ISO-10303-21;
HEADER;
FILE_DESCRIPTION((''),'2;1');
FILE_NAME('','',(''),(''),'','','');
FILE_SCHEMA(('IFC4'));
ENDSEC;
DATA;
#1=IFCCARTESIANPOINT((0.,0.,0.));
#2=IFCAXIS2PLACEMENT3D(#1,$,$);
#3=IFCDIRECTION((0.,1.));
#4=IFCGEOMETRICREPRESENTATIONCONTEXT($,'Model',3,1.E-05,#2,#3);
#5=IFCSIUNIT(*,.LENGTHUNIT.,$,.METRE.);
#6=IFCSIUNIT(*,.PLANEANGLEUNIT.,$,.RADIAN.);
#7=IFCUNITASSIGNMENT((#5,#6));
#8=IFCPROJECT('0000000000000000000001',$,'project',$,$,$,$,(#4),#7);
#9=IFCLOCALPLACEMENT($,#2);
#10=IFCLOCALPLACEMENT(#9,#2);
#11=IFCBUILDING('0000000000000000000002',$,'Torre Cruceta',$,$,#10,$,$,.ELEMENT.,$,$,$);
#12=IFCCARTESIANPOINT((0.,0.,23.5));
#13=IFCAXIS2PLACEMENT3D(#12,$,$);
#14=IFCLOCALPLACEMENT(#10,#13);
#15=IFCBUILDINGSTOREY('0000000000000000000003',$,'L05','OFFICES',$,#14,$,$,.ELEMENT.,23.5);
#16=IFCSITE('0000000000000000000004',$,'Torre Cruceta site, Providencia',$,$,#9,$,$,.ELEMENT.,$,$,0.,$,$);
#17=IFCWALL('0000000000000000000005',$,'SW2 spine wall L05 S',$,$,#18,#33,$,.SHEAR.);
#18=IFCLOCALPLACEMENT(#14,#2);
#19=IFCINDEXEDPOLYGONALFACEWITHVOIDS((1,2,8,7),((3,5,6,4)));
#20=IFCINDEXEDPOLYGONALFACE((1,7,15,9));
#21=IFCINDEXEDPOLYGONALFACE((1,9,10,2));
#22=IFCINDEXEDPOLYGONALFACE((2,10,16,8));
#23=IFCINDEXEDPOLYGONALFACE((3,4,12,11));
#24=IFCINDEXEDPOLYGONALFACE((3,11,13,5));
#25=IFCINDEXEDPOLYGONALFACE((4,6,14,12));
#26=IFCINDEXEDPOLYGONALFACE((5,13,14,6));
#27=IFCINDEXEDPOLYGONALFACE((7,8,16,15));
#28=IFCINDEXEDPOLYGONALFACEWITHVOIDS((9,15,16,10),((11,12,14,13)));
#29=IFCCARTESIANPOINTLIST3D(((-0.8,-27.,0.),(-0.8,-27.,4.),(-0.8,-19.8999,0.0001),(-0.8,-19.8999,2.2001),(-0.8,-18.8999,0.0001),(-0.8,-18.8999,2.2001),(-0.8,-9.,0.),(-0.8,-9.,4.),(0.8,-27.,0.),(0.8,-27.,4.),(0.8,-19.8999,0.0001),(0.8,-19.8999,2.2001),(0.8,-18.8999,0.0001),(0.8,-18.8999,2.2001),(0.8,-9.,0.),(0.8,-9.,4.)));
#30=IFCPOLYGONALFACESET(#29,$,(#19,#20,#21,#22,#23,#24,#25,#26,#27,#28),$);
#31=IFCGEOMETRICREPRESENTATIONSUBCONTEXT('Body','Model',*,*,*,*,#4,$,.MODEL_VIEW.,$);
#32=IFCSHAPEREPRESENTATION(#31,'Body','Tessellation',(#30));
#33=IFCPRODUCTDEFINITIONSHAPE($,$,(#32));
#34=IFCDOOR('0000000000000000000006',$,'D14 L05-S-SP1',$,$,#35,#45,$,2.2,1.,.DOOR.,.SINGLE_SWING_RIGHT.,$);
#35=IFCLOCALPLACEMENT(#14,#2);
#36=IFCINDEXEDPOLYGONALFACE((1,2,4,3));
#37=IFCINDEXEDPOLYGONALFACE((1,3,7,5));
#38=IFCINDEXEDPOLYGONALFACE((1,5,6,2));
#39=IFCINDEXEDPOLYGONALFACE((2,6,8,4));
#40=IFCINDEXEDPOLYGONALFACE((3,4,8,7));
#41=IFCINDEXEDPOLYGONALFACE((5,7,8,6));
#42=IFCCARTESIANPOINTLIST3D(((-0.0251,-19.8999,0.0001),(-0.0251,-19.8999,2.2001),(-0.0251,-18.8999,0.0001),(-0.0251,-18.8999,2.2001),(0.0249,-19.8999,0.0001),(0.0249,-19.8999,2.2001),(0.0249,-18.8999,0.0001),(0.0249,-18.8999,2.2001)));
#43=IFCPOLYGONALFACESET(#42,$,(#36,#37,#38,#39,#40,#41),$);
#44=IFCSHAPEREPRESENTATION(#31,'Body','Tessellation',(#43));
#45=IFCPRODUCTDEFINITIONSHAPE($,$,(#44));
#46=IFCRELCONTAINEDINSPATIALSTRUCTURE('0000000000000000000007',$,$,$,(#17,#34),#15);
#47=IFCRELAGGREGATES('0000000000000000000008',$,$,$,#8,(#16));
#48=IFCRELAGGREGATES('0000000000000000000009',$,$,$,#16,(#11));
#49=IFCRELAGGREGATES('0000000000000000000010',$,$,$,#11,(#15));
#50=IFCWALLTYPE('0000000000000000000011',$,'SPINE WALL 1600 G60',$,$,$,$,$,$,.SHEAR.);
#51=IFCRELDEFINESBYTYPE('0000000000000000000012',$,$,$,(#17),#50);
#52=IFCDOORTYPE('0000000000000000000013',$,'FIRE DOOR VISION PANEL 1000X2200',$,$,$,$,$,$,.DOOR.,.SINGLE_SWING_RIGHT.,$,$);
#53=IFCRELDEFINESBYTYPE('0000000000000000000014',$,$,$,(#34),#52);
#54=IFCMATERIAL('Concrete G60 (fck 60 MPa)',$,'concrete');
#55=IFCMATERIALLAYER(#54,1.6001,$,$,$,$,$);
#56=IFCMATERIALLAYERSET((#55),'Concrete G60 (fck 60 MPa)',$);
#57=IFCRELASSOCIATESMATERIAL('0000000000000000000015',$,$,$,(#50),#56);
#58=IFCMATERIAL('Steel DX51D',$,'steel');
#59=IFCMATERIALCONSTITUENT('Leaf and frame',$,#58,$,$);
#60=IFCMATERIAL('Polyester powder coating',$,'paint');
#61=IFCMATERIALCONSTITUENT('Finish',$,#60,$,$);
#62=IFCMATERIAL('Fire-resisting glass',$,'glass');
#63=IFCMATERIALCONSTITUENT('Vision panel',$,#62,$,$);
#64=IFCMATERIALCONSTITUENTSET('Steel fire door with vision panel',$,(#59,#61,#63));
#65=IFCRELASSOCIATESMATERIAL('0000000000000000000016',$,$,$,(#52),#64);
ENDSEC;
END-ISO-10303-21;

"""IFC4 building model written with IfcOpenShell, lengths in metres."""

from ifc_helpers import new_model, si_unit, direction, frame, frame_2d, origin, place, context, subcontext, project, spatial, rectangle, extrude, material, layer, layer_set, constituent, constituent_set, type_object, element, fill, save


model = new_model("IFC4")

# Units and contexts
model_context = context("Model", 3, precision=1e-05, world=origin(), true_north=direction((0.0, 1.0)))
body_context = subcontext(model_context, "Body", "Model", "MODEL_VIEW")
ifc_project = project(units=[si_unit("LENGTHUNIT", "METRE"), si_unit("PLANEANGLEUNIT", "RADIAN")], contexts=[model_context])

# Site, building, storey
site_placement = place(None, origin())
site = spatial("IfcSite", under=ifc_project, at=site_placement, Name="Torre Cruceta site, Providencia", CompositionType="ELEMENT", RefElevation=0.0)
building_placement = place(site_placement, origin())
building = spatial("IfcBuilding", under=site, at=building_placement, Name="Torre Cruceta", CompositionType="ELEMENT")
storey_placement = place(building_placement, frame((0.0, 0.0, 23.5)))
storey = spatial("IfcBuildingStorey", under=building, at=storey_placement, Name="L05", Description="OFFICES", CompositionType="ELEMENT", Elevation=23.5)

# Wall, opening, door
ifc_material_1 = material(Name="Concrete G60 (fck 60 MPa)", Category="concrete")
ifc_layer_1 = layer(ifc_material_1, 1.6001)
ifc_layer_set_1 = layer_set([ifc_layer_1], Name="Concrete G60 (fck 60 MPa)")
wall_type_1 = type_object("IfcWallType", Name="SPINE WALL 1600 G60", PredefinedType="SHEAR", material=ifc_layer_set_1)
wall_1_placement = place(storey_placement, frame((0.0, -9.0, 0.0), z_axis=(0.0, 0.0, 1.0), x_axis=(0.0, -1.0, 0.0)))
wall_1 = element("IfcWall", 1, at=wall_1_placement, inside=storey, type_object=wall_type_1, Name="SW2 spine wall L05 S", PredefinedType="SHEAR", context=body_context, shape_type="SweptSolid", body=[
    extrude(rectangle(XDim=18.0, YDim=1.6001, at=frame_2d((9.0, 0.0))), origin(), (0.0, 0.0, 1.0), 4.0),
])
opening_1_placement = place(wall_1_placement, frame((9.8999, 0.0, 0.0)))
opening_1 = element("IfcOpeningElement", 2, at=opening_1_placement, cuts=wall_1, PredefinedType="OPENING", context=body_context, shape_type="SweptSolid", body=[
    extrude(rectangle(XDim=1.0, YDim=2.2, at=frame_2d((0.5, 1.1001))), frame((0.0, 0.8101, 0.0), z_axis=(0.0, -1.0, 0.0), x_axis=(1.0, 0.0, 0.0)), (0.0, 0.0, 1.0), 1.6201),
])
ifc_material_2 = material(Name="Steel DX51D", Category="steel")
ifc_constituent_1 = constituent(ifc_material_2, Name="Leaf and frame")
ifc_material_3 = material(Name="Polyester powder coating", Category="paint")
ifc_constituent_2 = constituent(ifc_material_3, Name="Finish")
ifc_material_4 = material(Name="Fire-resisting glass", Category="glass")
ifc_constituent_3 = constituent(ifc_material_4, Name="Vision panel")
ifc_constituent_set_1 = constituent_set(constituents=[ifc_constituent_1, ifc_constituent_2, ifc_constituent_3], Name="Steel fire door with vision panel")
door_type_1 = type_object("IfcDoorType", Name="FIRE DOOR VISION PANEL 1000X2200", OperationType="SINGLE_SWING_RIGHT", PredefinedType="DOOR", material=ifc_constituent_set_1)
door_1_placement = place(opening_1_placement, origin())
door_1 = element("IfcDoor", 3, at=door_1_placement, inside=storey, type_object=door_type_1, Name="D14 L05-S-SP1", OperationType="SINGLE_SWING_RIGHT", OverallHeight=2.2, OverallWidth=1.0, PredefinedType="DOOR", context=body_context, shape_type="SweptSolid", body=[
    extrude(rectangle(XDim=1.0, YDim=2.2, at=frame_2d((0.5, 1.1001))), frame((0.0, 0.0249, 0.0), z_axis=(0.0, -1.0, 0.0), x_axis=(1.0, 0.0, 0.0)), (0.0, 0.0, 1.0), 0.05),
])
fill(opening_1, door_1)

save(model, "model.ifc")
